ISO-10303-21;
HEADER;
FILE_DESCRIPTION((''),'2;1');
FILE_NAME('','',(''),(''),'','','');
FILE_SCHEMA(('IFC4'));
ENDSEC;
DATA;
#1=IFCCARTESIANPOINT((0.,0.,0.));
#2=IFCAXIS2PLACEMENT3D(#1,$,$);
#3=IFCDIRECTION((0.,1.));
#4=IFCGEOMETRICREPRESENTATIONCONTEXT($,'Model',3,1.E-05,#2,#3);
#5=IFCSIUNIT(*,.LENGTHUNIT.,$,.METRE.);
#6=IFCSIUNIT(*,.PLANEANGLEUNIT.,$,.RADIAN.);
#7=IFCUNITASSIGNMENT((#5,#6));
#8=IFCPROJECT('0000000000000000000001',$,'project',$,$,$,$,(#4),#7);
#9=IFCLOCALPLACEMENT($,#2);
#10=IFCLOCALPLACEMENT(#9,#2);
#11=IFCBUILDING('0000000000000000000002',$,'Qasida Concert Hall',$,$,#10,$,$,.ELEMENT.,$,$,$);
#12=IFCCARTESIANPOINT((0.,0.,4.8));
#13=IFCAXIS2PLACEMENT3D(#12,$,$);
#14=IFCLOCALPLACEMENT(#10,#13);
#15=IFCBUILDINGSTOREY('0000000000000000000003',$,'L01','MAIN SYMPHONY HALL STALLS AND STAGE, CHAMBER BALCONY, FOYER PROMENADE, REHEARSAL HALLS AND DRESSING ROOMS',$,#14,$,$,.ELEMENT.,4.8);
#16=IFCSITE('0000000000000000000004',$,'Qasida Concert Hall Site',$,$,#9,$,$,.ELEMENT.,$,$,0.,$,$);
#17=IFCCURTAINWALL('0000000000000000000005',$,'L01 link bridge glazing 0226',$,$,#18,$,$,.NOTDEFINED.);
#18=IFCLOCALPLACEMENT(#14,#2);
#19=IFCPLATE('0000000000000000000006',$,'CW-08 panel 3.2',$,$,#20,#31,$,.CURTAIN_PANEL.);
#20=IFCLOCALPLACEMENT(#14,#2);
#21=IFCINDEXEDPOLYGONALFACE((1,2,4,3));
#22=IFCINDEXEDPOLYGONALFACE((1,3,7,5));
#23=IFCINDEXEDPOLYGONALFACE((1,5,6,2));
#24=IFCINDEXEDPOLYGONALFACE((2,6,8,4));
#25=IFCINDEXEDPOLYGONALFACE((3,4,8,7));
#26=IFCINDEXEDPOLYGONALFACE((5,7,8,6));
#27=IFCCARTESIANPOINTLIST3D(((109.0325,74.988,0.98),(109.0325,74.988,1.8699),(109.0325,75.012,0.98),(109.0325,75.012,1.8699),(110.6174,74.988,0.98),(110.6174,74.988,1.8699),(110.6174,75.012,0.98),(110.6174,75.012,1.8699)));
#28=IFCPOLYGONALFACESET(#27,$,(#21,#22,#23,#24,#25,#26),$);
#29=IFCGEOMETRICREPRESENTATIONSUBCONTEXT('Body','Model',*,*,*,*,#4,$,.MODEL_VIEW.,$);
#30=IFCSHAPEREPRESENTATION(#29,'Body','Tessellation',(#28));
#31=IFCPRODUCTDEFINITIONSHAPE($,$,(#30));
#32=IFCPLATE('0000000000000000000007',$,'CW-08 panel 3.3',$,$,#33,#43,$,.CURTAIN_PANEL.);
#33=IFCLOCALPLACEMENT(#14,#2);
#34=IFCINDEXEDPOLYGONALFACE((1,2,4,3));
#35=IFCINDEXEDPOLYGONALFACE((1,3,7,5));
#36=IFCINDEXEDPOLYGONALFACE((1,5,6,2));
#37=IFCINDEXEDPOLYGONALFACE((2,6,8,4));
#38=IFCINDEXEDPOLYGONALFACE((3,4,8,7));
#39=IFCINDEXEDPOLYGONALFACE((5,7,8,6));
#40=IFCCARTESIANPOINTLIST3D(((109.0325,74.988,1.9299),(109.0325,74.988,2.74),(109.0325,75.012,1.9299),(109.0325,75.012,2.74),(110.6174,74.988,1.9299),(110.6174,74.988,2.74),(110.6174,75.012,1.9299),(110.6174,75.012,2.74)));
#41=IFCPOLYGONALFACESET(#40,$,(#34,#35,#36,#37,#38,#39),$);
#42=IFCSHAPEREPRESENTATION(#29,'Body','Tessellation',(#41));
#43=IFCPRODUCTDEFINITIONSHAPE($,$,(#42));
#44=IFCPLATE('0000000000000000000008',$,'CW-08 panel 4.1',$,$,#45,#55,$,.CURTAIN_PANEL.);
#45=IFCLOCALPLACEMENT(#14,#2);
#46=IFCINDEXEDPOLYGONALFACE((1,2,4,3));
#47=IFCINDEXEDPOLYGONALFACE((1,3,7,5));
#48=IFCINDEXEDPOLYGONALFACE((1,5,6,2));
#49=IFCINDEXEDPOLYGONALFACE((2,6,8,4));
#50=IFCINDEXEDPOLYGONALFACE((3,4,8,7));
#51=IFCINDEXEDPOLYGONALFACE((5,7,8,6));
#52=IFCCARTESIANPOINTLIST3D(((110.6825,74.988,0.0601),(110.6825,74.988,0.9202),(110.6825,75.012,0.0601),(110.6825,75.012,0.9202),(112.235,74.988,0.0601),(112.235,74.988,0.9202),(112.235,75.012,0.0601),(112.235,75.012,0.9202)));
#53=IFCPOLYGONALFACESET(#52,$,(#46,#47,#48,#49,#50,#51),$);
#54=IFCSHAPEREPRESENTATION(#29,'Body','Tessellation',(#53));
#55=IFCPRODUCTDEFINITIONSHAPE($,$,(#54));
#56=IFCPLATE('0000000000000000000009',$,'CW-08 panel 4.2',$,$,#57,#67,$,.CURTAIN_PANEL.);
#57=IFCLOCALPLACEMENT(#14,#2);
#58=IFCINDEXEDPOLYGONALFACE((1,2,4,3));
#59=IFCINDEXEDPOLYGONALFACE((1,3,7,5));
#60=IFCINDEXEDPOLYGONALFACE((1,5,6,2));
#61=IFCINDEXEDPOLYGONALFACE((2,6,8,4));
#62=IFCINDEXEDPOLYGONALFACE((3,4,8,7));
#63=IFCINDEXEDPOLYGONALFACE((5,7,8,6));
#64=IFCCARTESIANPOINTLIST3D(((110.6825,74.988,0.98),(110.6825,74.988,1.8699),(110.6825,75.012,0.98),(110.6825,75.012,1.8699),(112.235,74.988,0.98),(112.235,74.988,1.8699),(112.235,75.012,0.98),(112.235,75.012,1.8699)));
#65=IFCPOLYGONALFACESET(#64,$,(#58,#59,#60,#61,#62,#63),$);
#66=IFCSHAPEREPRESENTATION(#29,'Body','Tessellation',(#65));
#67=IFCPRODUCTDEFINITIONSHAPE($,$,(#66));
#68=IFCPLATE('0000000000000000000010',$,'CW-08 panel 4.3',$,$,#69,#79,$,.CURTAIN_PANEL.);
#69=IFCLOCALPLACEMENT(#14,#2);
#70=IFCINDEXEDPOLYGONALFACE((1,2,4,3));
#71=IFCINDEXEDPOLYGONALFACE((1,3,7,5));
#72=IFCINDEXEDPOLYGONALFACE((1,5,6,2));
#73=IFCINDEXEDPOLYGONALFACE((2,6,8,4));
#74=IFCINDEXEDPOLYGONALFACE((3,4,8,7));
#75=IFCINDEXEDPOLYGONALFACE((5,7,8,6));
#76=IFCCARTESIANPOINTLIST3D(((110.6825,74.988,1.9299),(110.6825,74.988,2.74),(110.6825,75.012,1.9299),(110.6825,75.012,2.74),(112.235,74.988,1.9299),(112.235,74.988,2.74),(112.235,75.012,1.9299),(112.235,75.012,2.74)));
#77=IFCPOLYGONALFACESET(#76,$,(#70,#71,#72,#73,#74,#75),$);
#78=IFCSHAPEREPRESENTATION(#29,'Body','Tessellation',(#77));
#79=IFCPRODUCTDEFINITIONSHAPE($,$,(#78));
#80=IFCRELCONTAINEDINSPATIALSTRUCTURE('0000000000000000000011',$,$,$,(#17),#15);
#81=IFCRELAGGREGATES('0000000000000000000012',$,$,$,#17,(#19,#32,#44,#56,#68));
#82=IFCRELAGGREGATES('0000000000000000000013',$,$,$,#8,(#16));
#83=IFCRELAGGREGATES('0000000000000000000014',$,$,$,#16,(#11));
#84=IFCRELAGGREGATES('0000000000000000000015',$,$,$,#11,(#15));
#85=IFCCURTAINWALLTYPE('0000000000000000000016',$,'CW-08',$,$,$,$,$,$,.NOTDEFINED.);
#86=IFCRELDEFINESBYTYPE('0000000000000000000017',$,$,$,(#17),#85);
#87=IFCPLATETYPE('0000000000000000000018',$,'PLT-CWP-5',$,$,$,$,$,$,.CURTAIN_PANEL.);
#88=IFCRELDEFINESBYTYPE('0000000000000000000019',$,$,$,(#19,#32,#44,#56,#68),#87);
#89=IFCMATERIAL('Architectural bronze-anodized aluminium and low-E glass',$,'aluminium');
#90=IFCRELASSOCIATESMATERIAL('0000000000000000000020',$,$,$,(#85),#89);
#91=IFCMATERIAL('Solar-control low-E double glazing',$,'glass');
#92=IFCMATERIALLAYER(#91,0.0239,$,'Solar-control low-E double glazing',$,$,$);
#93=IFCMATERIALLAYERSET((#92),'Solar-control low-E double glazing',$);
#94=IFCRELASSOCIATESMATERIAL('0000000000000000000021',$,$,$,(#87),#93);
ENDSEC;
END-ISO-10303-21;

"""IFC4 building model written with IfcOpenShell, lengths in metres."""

from ifc_helpers import new_model, si_unit, direction, frame, origin, origin_2d, place, context, subcontext, project, spatial, rectangle, extrude, material, layer, layer_set, type_object, element, aggregate, save


model = new_model("IFC4")

# Units and contexts
model_context = context("Model", 3, precision=1e-05, world=origin(), true_north=direction((0.0, 1.0)))
body_context = subcontext(model_context, "Body", "Model", "MODEL_VIEW")
ifc_project = project(units=[si_unit("LENGTHUNIT", "METRE"), si_unit("PLANEANGLEUNIT", "RADIAN")], contexts=[model_context])

# Site, building, storey
site_placement = place(None, origin())
site = spatial("IfcSite", under=ifc_project, at=site_placement, Name="Qasida Concert Hall Site", CompositionType="ELEMENT", RefElevation=0.0)
building_placement = place(site_placement, origin())
building = spatial("IfcBuilding", under=site, at=building_placement, Name="Qasida Concert Hall", CompositionType="ELEMENT")
storey_placement = place(building_placement, frame((0.0, 0.0, 4.8)))
storey = spatial("IfcBuildingStorey", under=building, at=storey_placement, Name="L01", Description="MAIN SYMPHONY HALL STALLS AND STAGE, CHAMBER BALCONY, FOYER PROMENADE, REHEARSAL HALLS AND DRESSING ROOMS", CompositionType="ELEMENT", Elevation=4.8)

# Curtain wall, plates
ifc_material_1 = material(Name="Architectural bronze-anodized aluminium and low-E glass", Category="aluminium")
curtain_wall_type = type_object("IfcCurtainWallType", Name="CW-08", PredefinedType="NOTDEFINED", material=ifc_material_1)
curtain_wall_placement = place(storey_placement, origin())
curtain_wall = element("IfcCurtainWall", 1, at=curtain_wall_placement, inside=storey, type_object=curtain_wall_type, Name="L01 link bridge glazing 0226", PredefinedType="NOTDEFINED")
ifc_material_2 = material(Name="Solar-control low-E double glazing", Category="glass")
ifc_layer = layer(ifc_material_2, 0.0239, Name="Solar-control low-E double glazing")
ifc_layer_set = layer_set([ifc_layer], Name="Solar-control low-E double glazing")
plate_type = type_object("IfcPlateType", Name="PLT-CWP-5", PredefinedType="CURTAIN_PANEL", material=ifc_layer_set)
plate_1_placement = place(storey_placement, frame((109.825, 75.0, 0.98), z_axis=(0.0, 0.0, 1.0), x_axis=(1.0, 0.0, 0.0)))
plate_1 = element("IfcPlate", 2, at=plate_1_placement, type_object=plate_type, Name="CW-08 panel 3.2", PredefinedType="CURTAIN_PANEL", context=body_context, shape_type="SweptSolid", body=[
    extrude(rectangle(XDim=1.585, YDim=0.0239, at=origin_2d()), origin(), (0.0, 0.0, 1.0), 0.8899),
])
plate_2_placement = place(storey_placement, frame((109.825, 75.0, 1.9299), z_axis=(0.0, 0.0, 1.0), x_axis=(1.0, 0.0, 0.0)))
plate_2 = element("IfcPlate", 3, at=plate_2_placement, type_object=plate_type, Name="CW-08 panel 3.3", PredefinedType="CURTAIN_PANEL", context=body_context, shape_type="SweptSolid", body=[
    extrude(rectangle(XDim=1.585, YDim=0.0239, at=origin_2d()), origin(), (0.0, 0.0, 1.0), 0.8101),
])
plate_3_placement = place(storey_placement, frame((111.4587, 75.0, 0.0601), z_axis=(0.0, 0.0, 1.0), x_axis=(1.0, 0.0, 0.0)))
plate_3 = element("IfcPlate", 4, at=plate_3_placement, type_object=plate_type, Name="CW-08 panel 4.1", PredefinedType="CURTAIN_PANEL", context=body_context, shape_type="SweptSolid", body=[
    extrude(rectangle(XDim=1.5525, YDim=0.0239, at=origin_2d()), origin(), (0.0, 0.0, 1.0), 0.8601),
])
plate_4_placement = place(storey_placement, frame((111.4587, 75.0, 0.98), z_axis=(0.0, 0.0, 1.0), x_axis=(1.0, 0.0, 0.0)))
plate_4 = element("IfcPlate", 5, at=plate_4_placement, type_object=plate_type, Name="CW-08 panel 4.2", PredefinedType="CURTAIN_PANEL", context=body_context, shape_type="SweptSolid", body=[
    extrude(rectangle(XDim=1.5525, YDim=0.0239, at=origin_2d()), origin(), (0.0, 0.0, 1.0), 0.8899),
])
plate_5_placement = place(storey_placement, frame((111.4587, 75.0, 1.9299), z_axis=(0.0, 0.0, 1.0), x_axis=(1.0, 0.0, 0.0)))
plate_5 = element("IfcPlate", 6, at=plate_5_placement, type_object=plate_type, Name="CW-08 panel 4.3", PredefinedType="CURTAIN_PANEL", context=body_context, shape_type="SweptSolid", body=[
    extrude(rectangle(XDim=1.5525, YDim=0.0239, at=origin_2d()), origin(), (0.0, 0.0, 1.0), 0.8101),
])
aggregate(curtain_wall, [plate_1, plate_2, plate_3, plate_4, plate_5])

save(model, "model.ifc")
